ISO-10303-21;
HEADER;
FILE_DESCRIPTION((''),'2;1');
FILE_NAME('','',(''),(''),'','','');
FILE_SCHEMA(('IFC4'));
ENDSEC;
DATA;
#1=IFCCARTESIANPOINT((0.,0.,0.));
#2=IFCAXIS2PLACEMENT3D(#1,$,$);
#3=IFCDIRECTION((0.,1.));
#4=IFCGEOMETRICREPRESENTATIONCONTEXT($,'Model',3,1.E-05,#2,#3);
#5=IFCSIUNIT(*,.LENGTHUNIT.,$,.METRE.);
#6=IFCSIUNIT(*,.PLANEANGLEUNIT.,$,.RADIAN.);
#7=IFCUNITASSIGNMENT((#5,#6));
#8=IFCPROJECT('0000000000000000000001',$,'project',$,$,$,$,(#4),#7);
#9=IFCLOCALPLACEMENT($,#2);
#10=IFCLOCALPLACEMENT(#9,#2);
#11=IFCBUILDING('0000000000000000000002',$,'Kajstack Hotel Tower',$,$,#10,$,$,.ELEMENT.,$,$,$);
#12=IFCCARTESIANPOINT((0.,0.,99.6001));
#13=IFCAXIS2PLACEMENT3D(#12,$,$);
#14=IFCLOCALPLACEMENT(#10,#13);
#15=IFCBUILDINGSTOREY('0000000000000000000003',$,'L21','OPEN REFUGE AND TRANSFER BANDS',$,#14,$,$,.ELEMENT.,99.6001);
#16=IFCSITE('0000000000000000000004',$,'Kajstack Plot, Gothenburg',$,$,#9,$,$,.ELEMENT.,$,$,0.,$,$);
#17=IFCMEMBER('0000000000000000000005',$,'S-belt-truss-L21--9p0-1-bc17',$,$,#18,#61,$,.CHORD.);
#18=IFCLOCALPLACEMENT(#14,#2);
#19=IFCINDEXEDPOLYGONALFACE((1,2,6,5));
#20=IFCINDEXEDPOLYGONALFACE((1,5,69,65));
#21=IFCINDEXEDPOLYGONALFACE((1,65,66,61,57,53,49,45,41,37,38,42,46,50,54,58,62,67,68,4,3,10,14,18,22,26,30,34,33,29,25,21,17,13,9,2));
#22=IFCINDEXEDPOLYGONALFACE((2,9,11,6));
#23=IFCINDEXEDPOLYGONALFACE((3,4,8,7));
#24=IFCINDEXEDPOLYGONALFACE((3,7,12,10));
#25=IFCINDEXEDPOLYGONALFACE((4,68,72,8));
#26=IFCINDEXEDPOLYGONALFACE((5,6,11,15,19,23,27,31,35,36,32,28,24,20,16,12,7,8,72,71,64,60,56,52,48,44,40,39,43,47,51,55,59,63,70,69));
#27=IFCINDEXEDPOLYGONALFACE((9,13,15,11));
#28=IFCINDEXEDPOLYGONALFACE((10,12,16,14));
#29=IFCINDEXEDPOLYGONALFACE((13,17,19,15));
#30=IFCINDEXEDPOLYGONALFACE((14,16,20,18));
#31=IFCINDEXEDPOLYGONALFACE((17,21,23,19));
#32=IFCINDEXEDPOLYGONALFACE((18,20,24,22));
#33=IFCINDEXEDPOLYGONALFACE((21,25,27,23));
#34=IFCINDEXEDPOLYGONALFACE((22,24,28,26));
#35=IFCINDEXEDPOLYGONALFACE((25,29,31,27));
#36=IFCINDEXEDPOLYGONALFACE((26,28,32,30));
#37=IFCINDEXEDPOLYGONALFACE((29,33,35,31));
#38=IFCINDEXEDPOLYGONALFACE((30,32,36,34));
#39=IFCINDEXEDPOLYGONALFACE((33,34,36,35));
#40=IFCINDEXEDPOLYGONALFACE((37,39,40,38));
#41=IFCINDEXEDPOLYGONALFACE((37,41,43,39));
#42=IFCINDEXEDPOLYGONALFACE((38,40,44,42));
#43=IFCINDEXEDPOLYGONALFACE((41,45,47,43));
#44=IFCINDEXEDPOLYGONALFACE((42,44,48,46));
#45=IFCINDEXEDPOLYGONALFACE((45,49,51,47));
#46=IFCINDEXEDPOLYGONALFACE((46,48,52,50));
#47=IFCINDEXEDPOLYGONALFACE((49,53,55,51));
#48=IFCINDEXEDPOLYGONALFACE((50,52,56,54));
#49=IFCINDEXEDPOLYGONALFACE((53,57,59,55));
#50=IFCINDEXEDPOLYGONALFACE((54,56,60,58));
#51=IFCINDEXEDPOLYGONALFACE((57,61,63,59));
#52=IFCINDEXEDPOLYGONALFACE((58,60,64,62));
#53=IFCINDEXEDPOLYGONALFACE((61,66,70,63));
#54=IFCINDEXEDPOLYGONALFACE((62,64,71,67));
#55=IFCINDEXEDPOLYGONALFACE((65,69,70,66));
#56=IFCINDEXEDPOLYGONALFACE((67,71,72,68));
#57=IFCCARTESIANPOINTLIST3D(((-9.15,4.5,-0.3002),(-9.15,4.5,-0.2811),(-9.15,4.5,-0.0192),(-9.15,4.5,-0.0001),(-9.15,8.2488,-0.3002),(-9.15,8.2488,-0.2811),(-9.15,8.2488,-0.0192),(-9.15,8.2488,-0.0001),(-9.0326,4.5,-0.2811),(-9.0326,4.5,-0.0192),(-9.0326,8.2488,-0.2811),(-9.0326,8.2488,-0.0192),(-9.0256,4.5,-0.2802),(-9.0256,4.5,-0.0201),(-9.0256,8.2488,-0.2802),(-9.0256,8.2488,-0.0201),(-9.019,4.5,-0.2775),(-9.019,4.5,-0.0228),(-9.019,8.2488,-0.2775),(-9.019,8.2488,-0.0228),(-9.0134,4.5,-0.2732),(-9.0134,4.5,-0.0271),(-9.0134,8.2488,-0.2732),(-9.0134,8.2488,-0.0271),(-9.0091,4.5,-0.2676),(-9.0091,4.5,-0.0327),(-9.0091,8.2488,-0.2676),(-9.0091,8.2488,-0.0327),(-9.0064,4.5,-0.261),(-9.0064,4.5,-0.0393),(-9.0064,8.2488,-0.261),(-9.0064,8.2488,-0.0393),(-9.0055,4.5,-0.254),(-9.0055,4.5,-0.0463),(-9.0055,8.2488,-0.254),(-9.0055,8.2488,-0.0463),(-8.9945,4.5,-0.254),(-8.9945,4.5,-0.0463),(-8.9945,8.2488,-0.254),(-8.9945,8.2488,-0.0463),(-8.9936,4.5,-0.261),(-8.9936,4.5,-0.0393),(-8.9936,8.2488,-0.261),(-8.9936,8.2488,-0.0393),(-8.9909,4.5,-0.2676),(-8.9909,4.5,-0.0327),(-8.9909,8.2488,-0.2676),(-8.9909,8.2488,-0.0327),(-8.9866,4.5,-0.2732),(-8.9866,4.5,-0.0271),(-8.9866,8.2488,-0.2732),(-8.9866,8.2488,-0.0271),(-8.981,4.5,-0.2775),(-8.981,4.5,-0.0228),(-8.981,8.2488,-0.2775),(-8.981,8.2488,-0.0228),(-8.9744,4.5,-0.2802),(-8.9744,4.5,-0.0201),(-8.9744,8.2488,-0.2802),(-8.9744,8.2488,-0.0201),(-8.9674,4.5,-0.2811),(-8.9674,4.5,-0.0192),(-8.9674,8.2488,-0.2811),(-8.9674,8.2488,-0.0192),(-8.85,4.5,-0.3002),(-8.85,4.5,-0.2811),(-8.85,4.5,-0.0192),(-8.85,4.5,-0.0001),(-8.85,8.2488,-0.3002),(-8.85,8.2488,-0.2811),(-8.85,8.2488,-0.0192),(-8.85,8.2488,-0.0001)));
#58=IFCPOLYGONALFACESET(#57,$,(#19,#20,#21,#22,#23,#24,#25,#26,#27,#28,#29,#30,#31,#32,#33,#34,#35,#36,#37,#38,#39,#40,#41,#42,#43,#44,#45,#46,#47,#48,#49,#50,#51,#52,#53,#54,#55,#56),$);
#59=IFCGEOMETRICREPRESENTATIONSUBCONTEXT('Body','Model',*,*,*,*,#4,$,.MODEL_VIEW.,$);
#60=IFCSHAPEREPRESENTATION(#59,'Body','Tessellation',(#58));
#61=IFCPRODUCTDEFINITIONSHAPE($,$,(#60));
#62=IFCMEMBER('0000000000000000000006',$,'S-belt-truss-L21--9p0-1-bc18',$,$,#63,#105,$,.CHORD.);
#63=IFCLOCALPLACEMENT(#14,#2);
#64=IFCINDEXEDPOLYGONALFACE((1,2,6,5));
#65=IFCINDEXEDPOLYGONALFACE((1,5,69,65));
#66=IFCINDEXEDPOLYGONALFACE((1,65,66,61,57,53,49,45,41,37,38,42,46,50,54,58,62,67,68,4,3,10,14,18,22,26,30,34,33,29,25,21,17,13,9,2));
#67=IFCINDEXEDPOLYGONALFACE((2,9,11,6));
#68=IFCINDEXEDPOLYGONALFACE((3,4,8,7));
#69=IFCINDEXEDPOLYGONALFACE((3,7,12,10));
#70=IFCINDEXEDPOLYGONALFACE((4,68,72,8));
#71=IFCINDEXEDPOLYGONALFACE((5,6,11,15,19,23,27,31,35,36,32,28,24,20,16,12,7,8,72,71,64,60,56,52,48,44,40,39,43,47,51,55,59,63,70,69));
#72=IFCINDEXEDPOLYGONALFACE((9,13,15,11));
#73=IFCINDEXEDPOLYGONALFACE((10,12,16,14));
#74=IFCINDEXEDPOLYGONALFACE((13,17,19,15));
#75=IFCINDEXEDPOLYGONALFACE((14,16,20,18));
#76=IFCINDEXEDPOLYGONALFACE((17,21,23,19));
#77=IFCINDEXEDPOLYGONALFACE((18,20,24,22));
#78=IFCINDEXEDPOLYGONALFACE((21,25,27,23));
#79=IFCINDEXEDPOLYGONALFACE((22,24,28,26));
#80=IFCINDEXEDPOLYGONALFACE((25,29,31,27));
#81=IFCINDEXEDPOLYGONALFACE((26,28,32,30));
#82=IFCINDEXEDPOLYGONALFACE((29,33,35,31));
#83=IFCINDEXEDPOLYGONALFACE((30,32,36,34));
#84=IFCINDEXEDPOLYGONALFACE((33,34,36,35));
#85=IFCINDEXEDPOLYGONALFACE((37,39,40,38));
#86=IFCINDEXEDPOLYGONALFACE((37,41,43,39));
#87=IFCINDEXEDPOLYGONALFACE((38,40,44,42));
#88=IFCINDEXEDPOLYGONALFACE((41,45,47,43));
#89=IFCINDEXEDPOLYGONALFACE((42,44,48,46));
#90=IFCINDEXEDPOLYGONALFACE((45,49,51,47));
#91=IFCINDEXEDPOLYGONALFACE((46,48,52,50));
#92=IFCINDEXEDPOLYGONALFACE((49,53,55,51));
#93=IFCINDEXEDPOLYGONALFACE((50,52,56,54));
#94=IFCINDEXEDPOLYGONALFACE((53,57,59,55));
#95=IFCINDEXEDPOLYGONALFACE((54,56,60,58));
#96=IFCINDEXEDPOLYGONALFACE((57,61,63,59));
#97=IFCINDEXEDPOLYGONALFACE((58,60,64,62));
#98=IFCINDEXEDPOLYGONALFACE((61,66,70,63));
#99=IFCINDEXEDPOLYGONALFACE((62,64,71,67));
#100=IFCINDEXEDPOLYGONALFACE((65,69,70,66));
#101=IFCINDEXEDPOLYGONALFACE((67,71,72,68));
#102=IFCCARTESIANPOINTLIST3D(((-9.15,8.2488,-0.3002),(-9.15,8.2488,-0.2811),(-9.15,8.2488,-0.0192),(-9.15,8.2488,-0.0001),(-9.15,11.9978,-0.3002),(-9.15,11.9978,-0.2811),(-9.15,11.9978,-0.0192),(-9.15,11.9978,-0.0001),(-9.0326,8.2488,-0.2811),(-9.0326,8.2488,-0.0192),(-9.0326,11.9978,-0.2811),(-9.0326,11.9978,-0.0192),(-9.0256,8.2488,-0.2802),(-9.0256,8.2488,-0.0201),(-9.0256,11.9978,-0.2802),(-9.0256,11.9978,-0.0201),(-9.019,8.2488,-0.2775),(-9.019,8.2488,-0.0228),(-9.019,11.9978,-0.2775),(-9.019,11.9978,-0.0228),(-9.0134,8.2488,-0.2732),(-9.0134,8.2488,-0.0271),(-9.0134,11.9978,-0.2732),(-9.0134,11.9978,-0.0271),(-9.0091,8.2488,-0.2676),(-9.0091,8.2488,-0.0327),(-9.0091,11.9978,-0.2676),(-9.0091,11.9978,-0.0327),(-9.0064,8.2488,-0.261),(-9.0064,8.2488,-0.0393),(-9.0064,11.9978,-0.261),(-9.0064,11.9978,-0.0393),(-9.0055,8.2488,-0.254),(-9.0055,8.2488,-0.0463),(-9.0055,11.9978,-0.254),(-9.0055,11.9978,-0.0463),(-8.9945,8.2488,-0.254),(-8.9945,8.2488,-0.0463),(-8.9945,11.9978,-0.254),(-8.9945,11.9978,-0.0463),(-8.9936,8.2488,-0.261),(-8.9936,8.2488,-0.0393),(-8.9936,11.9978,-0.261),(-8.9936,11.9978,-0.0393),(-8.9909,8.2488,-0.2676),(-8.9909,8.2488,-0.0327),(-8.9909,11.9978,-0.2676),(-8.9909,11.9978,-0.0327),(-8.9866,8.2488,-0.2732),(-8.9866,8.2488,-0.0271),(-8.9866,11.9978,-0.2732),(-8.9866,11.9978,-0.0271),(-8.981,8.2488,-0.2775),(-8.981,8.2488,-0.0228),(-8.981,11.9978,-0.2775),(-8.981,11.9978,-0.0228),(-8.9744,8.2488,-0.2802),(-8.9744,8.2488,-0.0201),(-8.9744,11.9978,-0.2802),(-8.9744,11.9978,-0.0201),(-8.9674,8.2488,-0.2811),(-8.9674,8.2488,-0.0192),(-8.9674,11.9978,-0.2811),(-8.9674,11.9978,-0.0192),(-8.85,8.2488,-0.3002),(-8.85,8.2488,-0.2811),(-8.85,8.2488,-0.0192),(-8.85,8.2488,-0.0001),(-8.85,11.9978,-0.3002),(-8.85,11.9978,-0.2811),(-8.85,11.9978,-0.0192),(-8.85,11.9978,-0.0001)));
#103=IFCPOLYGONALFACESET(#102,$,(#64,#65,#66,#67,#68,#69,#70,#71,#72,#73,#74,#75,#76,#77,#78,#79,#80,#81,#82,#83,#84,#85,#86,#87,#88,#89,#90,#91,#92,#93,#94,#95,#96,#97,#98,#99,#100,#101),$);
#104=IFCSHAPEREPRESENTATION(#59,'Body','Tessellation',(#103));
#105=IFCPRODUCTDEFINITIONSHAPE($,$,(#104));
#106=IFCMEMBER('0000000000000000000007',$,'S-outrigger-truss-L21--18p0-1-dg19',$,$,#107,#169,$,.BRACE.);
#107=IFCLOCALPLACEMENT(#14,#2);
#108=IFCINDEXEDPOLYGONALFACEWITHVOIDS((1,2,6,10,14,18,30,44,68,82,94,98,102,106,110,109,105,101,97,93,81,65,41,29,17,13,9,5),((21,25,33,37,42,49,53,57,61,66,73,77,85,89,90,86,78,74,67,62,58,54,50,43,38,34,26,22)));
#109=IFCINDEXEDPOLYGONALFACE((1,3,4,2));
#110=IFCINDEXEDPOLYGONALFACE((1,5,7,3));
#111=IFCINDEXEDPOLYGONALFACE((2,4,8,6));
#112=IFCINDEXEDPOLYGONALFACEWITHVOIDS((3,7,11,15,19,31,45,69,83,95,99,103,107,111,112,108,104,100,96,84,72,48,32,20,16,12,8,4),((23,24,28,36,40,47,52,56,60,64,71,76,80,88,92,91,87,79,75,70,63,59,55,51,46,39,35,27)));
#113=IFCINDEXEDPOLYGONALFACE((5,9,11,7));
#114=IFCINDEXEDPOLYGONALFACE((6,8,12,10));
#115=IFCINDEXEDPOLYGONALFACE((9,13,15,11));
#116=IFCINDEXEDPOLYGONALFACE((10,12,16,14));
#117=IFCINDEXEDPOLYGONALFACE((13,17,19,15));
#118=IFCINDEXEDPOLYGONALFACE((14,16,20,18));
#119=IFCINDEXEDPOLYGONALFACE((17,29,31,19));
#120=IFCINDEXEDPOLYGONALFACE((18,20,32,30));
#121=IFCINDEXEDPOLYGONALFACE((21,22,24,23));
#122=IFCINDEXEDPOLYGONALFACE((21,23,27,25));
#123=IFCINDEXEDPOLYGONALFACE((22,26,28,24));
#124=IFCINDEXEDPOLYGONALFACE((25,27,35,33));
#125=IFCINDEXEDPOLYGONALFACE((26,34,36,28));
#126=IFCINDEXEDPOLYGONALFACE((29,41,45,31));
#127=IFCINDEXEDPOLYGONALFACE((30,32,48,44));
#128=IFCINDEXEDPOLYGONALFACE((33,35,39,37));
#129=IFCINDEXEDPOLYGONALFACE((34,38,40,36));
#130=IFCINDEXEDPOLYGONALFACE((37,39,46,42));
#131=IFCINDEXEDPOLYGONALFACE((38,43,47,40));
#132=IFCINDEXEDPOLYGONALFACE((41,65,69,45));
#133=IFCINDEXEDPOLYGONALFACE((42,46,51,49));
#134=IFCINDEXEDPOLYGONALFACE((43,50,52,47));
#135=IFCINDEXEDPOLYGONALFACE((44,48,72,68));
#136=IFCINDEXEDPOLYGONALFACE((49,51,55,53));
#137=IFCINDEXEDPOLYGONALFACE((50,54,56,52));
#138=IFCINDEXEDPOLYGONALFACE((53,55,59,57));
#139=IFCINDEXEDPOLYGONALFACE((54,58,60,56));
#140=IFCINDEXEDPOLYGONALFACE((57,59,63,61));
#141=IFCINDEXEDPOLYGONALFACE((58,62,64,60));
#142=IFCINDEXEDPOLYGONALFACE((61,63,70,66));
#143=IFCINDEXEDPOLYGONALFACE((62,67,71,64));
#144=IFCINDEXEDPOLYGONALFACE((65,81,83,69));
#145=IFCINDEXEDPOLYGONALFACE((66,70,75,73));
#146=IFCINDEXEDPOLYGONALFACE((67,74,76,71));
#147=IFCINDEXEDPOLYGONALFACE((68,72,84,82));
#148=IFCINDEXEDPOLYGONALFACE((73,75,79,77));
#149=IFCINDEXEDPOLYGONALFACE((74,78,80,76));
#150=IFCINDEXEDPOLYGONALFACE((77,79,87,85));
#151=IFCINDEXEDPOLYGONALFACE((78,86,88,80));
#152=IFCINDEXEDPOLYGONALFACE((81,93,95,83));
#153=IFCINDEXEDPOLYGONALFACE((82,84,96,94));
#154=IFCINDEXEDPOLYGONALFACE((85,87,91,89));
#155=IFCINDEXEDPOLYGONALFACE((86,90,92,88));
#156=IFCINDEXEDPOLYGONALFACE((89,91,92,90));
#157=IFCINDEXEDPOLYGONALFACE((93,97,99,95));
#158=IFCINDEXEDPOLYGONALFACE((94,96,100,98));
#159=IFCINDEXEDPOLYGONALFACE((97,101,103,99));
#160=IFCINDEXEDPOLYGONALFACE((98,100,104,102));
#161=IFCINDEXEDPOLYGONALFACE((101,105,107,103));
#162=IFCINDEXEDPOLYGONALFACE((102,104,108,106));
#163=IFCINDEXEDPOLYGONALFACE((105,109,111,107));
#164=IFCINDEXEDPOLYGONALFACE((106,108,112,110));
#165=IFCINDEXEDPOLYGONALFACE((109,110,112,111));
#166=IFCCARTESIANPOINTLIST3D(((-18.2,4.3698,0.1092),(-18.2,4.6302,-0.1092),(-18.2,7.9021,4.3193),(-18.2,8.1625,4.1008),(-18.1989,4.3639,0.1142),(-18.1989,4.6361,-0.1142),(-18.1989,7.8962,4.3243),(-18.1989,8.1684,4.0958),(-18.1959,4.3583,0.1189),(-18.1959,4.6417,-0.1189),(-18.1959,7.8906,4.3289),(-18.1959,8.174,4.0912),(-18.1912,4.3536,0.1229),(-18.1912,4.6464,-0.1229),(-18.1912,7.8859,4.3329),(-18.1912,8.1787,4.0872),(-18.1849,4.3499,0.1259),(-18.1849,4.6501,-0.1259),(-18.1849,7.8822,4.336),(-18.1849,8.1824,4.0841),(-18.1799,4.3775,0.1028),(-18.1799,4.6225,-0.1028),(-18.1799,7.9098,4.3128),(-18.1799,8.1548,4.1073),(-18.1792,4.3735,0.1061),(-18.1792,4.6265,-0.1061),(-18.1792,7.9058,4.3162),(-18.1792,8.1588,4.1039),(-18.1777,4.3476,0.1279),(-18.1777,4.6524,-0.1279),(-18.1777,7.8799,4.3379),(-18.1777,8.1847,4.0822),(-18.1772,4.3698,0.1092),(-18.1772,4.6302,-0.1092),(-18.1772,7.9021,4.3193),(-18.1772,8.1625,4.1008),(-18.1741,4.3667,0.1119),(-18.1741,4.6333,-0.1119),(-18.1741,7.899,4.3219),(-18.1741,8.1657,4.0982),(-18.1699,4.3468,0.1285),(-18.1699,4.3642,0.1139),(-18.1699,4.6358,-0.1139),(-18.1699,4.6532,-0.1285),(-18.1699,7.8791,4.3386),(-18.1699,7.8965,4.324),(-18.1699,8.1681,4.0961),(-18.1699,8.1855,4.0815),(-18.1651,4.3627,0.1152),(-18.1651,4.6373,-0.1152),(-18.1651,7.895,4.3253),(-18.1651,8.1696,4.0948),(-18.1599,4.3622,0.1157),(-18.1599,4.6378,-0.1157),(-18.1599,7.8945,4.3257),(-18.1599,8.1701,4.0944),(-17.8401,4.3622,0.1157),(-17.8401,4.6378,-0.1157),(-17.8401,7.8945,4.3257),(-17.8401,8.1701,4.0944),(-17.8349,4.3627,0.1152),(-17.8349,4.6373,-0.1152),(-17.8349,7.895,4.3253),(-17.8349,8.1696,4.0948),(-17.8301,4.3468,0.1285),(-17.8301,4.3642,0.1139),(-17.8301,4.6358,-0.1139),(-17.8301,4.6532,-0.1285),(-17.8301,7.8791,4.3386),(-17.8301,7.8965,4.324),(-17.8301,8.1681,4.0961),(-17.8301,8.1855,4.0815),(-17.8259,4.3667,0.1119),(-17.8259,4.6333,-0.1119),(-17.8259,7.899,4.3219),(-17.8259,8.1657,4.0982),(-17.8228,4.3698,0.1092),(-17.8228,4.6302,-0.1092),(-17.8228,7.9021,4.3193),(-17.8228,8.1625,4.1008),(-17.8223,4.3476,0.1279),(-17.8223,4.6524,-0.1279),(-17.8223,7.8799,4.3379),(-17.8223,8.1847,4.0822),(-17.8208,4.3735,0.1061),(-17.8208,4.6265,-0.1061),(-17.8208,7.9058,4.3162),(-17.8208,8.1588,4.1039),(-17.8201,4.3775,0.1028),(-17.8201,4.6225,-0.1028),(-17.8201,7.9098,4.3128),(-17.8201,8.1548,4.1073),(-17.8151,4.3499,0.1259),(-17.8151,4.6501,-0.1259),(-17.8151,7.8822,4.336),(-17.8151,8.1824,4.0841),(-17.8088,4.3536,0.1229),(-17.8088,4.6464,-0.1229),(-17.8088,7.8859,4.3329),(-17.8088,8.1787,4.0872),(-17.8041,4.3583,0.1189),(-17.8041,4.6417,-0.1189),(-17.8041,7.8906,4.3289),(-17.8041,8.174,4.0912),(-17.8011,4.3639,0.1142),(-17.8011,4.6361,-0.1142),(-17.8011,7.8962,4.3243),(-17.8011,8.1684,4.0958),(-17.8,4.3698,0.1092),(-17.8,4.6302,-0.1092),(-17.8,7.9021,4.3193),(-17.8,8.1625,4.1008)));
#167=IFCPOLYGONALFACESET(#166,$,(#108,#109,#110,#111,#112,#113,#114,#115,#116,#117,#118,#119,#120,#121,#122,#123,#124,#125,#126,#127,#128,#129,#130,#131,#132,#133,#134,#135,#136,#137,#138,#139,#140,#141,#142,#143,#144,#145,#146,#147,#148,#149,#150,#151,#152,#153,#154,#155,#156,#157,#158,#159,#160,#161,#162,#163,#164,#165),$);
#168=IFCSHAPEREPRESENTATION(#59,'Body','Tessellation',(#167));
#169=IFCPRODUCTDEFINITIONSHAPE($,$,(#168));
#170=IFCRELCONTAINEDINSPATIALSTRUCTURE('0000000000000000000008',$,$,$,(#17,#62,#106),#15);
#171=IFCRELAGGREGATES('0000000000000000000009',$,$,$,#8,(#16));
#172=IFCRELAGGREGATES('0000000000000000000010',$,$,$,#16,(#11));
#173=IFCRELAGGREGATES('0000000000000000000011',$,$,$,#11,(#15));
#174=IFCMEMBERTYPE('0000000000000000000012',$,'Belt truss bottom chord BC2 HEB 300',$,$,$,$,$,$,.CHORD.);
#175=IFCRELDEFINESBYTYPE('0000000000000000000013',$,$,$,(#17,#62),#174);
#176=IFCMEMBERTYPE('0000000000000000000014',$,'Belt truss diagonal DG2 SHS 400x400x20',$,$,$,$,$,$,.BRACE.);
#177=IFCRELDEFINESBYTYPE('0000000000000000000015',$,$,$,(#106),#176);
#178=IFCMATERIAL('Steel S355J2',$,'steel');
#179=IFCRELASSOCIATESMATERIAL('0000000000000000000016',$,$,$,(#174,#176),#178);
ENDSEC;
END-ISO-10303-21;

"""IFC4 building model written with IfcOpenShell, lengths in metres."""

from ifc_helpers import new_model, si_unit, direction, frame, origin, origin_2d, place, context, subcontext, project, spatial, hollow_rectangle, i_section, extrude, material, material_profile, profile_set, type_object, element, save


model = new_model("IFC4")

# Units and contexts
model_context = context("Model", 3, precision=1e-05, world=origin(), true_north=direction((0.0, 1.0)))
body_context = subcontext(model_context, "Body", "Model", "MODEL_VIEW")
ifc_project = project(units=[si_unit("LENGTHUNIT", "METRE"), si_unit("PLANEANGLEUNIT", "RADIAN")], contexts=[model_context])

# Site, building, storey
site_placement = place(None, origin())
site = spatial("IfcSite", under=ifc_project, at=site_placement, Name="Kajstack Plot, Gothenburg", CompositionType="ELEMENT", RefElevation=0.0)
building_placement = place(site_placement, origin())
building = spatial("IfcBuilding", under=site, at=building_placement, Name="Kajstack Hotel Tower", CompositionType="ELEMENT")
storey_placement = place(building_placement, frame((0.0, 0.0, 99.6001)))
storey = spatial("IfcBuildingStorey", under=building, at=storey_placement, Name="L21", Description="OPEN REFUGE AND TRANSFER BANDS", CompositionType="ELEMENT", Elevation=99.6001)

# Members
ifc_material_1 = material(Name="Steel S355J2", Category="steel")
ifc_material_profile_1 = material_profile(ifc_material_1, i_section(OverallWidth=0.3, OverallDepth=0.3, WebThickness=0.011, FlangeThickness=0.019, FilletRadius=0.0271, at=origin_2d()), Name="HEB 300")
ifc_profile_set_1 = profile_set([ifc_material_profile_1], Name="Steel S355J2")
member_type_1 = type_object("IfcMemberType", Name="Belt truss bottom chord BC2 HEB 300", PredefinedType="CHORD", material=ifc_profile_set_1)
member_1_placement = place(storey_placement, frame((-9.0, 4.5, -0.1501), z_axis=(0.0, 1.0, 0.0), x_axis=(-1.0, 0.0, 0.0)))
element("IfcMember", 1, at=member_1_placement, inside=storey, type_object=member_type_1, Name="S-belt-truss-L21--9p0-1-bc17", PredefinedType="CHORD", context=body_context, shape_type="SweptSolid", body=[
    extrude(i_section(OverallWidth=0.3, OverallDepth=0.3, WebThickness=0.011, FlangeThickness=0.019, FilletRadius=0.0271, at=origin_2d()), origin(), (0.0, 0.0, 1.0), 3.7488),
])
member_2_placement = place(storey_placement, frame((-9.0, 8.2488, -0.1501), z_axis=(0.0, 1.0, 0.0), x_axis=(-1.0, 0.0, 0.0)))
element("IfcMember", 2, at=member_2_placement, inside=storey, type_object=member_type_1, Name="S-belt-truss-L21--9p0-1-bc18", PredefinedType="CHORD", context=body_context, shape_type="SweptSolid", body=[
    extrude(i_section(OverallWidth=0.3, OverallDepth=0.3, WebThickness=0.011, FlangeThickness=0.019, FilletRadius=0.0271, at=origin_2d()), origin(), (0.0, 0.0, 1.0), 3.749),
])
ifc_material_profile_2 = material_profile(ifc_material_1, hollow_rectangle(XDim=0.3999, YDim=0.3999, WallThickness=0.02, InnerFilletRadius=0.02, OuterFilletRadius=0.03, at=origin_2d()), Name="SHS 400x400x20")
ifc_profile_set_2 = profile_set([ifc_material_profile_2], Name="Steel S355J2")
member_type_2 = type_object("IfcMemberType", Name="Belt truss diagonal DG2 SHS 400x400x20", PredefinedType="BRACE", material=ifc_profile_set_2)
for number, where, z_axis, x_axis, name in (
    (3, (-18.0, 4.5, 0.0), (0.0, 0.64275, 0.766076), (-1.0, 0.0, 0.0), "S-outrigger-truss-L21--18p0-1-dg19"),
):
    element("IfcMember", number, at=place(storey_placement, frame(where, z_axis=z_axis, x_axis=x_axis)), inside=storey, type_object=member_type_2, Name=name, PredefinedType="BRACE", context=body_context, shape_type="SweptSolid", body=[
        extrude(hollow_rectangle(XDim=0.3999, YDim=0.3999, WallThickness=0.02, InnerFilletRadius=0.02, OuterFilletRadius=0.03, at=origin_2d()), origin(), (0.0, 0.0, 1.0), 5.4956),
    ])

save(model, "model.ifc")
